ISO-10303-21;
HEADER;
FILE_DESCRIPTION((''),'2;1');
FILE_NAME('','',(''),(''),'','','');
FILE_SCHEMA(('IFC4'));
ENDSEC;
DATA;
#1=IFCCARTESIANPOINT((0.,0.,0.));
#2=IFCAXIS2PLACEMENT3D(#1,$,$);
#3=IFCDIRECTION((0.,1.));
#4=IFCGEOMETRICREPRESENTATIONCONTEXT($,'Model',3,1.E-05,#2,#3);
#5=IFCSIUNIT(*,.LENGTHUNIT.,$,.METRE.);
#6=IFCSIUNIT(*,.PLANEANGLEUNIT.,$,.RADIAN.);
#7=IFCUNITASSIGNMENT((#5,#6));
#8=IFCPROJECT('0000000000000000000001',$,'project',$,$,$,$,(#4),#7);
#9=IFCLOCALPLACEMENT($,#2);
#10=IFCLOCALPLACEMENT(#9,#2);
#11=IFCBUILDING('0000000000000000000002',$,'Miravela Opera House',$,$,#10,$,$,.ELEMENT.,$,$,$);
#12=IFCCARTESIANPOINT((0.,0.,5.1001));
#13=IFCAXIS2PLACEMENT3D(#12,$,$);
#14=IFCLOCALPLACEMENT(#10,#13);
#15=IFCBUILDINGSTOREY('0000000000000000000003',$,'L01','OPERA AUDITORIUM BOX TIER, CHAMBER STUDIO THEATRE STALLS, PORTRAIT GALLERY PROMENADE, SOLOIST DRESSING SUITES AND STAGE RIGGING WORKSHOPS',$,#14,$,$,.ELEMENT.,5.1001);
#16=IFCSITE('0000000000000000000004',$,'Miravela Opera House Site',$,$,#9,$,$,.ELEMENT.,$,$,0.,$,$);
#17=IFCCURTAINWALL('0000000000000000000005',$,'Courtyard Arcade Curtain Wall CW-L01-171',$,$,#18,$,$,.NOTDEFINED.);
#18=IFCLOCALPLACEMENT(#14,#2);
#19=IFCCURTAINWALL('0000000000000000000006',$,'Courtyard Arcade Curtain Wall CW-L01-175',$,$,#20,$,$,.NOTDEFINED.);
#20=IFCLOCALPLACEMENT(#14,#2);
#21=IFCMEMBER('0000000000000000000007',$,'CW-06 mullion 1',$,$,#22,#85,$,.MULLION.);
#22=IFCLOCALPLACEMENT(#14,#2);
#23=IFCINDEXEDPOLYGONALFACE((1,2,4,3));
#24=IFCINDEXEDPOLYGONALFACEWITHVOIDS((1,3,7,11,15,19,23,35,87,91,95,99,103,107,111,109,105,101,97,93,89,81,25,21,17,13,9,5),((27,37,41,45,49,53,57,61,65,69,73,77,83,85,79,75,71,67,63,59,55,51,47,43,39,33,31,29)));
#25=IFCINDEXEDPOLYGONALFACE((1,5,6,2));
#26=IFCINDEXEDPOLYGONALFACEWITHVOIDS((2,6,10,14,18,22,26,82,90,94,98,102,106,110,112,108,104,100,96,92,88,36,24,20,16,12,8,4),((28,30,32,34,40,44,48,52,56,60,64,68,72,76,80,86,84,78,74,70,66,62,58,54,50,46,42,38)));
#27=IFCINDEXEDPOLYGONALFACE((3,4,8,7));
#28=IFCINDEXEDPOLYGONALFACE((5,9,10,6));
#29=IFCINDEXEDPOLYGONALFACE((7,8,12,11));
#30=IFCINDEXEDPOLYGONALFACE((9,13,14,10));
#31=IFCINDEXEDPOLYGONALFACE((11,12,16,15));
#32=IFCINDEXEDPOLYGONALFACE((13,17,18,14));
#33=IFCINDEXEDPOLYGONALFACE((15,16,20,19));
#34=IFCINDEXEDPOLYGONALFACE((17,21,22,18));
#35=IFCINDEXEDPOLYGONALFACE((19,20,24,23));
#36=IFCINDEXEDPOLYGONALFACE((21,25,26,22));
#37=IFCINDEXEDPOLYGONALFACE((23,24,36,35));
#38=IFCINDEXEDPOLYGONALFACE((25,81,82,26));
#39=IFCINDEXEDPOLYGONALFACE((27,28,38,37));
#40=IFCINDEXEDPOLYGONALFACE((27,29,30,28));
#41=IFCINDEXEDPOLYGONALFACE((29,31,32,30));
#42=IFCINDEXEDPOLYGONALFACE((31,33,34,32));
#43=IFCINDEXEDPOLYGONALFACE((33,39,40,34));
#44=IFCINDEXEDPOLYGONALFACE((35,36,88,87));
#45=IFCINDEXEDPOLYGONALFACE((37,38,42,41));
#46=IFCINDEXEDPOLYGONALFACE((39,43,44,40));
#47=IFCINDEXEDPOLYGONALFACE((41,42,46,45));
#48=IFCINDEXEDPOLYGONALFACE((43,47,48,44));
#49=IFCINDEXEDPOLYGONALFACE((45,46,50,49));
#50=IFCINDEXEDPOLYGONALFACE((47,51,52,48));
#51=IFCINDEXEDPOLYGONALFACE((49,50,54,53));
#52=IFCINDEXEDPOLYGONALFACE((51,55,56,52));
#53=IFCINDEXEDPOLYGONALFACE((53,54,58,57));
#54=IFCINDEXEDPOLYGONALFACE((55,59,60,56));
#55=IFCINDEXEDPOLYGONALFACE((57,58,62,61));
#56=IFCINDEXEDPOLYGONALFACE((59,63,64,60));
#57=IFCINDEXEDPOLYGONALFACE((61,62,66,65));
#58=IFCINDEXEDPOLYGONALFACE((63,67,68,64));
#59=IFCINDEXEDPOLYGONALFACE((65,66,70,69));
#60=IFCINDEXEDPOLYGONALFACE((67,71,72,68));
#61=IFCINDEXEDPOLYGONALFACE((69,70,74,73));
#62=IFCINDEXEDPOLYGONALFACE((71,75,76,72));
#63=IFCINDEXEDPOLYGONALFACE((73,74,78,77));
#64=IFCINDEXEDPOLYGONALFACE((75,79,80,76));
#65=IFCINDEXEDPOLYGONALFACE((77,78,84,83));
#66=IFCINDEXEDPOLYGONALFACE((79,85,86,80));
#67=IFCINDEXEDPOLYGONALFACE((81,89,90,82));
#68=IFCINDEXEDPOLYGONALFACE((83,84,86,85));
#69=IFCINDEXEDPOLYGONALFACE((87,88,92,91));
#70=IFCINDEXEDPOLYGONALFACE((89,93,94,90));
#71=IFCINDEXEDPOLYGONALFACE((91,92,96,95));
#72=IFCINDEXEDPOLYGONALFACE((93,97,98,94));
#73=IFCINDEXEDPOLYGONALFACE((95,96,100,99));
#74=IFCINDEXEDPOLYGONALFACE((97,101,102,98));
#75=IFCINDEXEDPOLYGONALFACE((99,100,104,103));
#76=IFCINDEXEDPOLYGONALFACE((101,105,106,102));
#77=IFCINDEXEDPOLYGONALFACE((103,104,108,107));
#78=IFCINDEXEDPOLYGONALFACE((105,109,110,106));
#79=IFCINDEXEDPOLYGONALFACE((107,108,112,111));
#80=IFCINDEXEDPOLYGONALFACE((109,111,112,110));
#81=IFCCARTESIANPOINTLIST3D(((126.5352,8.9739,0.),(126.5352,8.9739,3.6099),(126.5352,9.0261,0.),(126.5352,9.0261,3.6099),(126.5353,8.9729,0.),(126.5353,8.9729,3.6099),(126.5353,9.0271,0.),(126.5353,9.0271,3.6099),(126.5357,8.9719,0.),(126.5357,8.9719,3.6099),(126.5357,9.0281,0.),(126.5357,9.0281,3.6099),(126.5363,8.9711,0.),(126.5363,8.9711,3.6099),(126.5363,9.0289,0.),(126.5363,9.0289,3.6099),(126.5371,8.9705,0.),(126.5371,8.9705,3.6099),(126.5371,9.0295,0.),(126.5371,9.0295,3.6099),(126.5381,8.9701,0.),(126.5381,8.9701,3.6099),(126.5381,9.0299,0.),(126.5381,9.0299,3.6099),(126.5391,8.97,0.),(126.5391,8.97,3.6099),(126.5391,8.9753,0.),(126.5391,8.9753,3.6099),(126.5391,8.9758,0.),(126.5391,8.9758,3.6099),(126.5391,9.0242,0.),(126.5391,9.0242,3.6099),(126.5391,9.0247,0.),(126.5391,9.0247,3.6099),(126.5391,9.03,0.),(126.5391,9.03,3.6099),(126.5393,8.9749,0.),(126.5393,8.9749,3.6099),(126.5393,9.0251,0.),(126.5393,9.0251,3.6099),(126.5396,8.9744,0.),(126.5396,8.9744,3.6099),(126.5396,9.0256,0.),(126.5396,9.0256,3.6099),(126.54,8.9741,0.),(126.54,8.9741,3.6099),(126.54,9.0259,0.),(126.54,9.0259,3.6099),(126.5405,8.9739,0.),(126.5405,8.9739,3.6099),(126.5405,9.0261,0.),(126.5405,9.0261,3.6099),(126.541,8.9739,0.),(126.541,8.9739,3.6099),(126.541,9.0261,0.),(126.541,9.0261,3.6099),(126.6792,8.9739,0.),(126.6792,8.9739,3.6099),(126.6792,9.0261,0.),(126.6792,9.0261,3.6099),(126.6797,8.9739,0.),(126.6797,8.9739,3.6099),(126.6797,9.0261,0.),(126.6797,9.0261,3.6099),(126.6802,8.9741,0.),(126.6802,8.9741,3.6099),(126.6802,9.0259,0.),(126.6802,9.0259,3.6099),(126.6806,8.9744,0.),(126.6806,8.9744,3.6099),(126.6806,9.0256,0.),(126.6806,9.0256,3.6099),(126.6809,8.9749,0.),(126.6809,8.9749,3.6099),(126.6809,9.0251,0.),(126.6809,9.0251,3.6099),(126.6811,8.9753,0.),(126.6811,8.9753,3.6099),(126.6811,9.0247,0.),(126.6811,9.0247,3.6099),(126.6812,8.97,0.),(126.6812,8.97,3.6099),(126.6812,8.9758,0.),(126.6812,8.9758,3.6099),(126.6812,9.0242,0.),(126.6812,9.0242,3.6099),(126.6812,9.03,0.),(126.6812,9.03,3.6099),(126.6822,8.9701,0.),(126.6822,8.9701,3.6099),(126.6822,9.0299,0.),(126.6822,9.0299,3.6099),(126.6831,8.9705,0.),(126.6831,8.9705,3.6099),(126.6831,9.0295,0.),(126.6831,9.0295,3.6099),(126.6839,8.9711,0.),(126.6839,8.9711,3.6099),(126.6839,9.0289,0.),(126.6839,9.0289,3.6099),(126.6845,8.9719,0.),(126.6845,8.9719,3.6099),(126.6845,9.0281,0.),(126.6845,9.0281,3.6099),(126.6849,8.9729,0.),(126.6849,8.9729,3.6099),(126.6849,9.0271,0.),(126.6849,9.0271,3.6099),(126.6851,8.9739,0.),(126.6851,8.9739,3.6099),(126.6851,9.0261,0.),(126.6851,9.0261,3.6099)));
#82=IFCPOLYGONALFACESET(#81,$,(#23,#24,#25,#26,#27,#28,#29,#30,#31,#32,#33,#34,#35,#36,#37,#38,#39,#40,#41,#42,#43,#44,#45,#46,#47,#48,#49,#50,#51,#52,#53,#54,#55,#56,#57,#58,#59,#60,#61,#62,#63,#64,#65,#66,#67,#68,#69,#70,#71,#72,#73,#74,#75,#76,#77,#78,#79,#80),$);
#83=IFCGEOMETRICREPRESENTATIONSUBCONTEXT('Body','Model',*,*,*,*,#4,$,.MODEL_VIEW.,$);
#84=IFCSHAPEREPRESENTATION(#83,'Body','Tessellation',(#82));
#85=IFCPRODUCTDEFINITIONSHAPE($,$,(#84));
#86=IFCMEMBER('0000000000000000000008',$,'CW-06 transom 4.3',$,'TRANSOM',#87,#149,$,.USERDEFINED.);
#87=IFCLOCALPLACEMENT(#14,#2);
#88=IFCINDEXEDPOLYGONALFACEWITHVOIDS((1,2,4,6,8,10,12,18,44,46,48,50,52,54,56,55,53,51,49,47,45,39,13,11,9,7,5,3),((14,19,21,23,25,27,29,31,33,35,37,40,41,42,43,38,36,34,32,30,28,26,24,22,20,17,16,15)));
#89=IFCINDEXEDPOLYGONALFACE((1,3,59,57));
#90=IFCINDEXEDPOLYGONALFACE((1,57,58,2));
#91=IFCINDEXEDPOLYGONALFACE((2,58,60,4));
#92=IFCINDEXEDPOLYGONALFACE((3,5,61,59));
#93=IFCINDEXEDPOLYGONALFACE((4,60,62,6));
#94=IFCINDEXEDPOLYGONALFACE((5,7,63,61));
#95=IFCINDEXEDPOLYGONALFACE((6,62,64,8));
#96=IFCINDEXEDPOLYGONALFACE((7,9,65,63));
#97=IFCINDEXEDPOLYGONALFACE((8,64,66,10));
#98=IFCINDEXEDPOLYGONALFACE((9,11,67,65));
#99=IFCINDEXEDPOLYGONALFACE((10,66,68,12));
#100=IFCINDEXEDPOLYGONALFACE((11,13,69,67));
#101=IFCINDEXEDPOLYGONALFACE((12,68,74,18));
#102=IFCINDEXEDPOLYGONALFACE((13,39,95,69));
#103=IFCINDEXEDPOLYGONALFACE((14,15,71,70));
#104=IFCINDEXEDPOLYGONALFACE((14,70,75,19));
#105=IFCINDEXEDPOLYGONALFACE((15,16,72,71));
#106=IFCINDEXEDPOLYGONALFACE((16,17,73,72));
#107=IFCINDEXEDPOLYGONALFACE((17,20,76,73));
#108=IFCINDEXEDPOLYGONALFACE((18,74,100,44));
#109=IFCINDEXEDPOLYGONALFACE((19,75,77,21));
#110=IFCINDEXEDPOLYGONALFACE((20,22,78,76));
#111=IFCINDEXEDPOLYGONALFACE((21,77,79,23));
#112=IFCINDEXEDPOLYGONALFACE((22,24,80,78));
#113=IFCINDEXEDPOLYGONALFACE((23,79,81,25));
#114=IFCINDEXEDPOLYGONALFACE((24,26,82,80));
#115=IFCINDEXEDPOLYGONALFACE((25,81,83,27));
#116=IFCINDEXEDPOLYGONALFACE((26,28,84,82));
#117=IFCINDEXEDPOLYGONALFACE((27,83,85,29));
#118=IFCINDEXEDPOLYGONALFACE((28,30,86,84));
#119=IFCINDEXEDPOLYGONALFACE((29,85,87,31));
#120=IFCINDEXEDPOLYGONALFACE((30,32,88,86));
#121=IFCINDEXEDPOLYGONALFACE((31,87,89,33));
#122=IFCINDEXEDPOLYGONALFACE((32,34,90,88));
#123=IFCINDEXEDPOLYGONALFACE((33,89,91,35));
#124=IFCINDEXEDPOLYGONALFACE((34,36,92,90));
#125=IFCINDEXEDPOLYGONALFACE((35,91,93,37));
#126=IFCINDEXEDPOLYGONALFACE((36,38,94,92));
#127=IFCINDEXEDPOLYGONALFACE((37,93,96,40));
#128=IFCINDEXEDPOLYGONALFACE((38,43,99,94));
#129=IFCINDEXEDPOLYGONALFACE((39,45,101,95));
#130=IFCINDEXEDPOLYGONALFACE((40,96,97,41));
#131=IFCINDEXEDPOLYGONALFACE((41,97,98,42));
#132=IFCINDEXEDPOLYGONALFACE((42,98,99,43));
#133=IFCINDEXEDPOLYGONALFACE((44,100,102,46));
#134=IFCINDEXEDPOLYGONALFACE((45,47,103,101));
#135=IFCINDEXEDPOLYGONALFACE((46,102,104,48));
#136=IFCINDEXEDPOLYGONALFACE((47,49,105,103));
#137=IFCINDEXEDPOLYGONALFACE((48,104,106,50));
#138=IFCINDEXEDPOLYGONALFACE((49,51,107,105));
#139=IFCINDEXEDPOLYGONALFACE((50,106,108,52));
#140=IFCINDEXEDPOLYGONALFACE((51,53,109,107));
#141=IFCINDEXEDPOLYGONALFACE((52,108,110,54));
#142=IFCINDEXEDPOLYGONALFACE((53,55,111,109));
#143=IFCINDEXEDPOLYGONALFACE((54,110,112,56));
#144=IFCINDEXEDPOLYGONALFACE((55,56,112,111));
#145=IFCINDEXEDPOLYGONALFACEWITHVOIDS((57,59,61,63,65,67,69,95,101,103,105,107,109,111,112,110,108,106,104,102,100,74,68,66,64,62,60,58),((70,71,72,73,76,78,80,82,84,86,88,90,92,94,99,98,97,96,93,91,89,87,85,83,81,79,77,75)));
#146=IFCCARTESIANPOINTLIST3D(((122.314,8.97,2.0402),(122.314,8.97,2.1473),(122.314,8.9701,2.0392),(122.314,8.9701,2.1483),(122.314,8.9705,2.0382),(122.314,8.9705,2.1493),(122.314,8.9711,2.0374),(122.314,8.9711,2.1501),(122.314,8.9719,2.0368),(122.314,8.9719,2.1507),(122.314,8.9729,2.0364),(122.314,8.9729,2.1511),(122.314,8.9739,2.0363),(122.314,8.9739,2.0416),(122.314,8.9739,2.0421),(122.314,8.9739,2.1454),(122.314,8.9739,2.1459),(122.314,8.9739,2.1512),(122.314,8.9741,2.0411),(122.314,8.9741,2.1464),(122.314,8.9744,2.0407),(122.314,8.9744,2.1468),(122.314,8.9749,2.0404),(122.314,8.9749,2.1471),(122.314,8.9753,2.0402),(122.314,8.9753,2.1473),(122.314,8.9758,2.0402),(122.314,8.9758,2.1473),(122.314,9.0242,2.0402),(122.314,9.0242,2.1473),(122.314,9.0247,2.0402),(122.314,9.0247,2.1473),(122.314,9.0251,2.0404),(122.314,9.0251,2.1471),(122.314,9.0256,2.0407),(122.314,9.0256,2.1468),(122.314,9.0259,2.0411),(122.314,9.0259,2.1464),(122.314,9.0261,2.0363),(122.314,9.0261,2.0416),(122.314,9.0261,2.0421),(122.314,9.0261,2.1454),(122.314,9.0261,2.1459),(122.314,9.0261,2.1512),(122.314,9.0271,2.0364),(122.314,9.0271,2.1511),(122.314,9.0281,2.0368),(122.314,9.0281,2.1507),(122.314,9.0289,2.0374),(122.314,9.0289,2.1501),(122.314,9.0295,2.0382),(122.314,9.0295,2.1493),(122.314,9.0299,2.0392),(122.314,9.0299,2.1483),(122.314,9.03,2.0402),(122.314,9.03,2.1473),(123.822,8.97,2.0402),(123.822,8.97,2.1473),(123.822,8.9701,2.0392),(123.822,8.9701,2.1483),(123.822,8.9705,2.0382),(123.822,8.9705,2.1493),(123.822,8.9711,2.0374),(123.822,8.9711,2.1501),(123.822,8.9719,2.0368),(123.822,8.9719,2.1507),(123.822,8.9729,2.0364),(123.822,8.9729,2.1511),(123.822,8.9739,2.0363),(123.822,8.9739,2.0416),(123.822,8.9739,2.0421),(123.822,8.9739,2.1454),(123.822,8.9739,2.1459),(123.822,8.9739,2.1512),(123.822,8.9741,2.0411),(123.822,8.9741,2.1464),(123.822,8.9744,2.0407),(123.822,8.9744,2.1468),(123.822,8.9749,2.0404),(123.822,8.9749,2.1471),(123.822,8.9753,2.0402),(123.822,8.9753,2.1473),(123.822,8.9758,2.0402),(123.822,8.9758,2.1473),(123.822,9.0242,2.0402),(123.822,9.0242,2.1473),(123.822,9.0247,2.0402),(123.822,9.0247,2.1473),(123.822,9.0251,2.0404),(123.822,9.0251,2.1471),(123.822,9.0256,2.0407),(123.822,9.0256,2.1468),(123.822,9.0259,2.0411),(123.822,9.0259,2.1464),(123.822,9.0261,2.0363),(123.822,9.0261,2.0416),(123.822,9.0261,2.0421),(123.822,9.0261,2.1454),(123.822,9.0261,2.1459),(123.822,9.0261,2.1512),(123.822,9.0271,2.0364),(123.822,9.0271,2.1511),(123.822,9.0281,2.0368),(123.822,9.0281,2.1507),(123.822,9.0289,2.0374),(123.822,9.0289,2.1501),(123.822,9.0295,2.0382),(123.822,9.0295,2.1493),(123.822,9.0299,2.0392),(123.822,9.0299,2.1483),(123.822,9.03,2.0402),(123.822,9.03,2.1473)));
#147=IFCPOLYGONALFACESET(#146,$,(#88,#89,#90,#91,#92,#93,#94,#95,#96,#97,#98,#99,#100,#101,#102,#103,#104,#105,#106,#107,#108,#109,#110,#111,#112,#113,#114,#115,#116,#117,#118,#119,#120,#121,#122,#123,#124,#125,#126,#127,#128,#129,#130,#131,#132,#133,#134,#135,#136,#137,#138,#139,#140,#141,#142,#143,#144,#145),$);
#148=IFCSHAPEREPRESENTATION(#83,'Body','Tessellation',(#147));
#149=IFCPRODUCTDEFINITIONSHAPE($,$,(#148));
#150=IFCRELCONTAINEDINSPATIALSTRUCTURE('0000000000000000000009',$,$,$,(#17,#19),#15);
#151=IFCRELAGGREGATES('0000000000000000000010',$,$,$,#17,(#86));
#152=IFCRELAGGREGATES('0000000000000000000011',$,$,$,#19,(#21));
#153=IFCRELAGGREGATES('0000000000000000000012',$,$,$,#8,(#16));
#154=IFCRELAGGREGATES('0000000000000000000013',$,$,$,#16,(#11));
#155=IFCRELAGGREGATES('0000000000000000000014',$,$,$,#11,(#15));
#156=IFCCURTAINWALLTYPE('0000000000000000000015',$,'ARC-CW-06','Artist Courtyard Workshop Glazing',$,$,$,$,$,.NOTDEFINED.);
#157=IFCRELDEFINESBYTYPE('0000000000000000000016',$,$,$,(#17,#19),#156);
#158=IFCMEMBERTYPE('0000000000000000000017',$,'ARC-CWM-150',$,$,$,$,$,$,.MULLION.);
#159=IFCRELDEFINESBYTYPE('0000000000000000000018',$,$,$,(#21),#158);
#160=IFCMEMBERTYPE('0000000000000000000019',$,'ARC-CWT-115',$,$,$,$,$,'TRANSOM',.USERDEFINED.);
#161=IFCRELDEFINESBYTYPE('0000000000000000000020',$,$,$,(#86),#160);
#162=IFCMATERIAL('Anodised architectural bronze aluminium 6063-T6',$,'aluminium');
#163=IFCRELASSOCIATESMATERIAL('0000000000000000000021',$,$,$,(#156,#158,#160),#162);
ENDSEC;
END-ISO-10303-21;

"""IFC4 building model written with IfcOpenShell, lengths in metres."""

from ifc_helpers import new_model, si_unit, direction, frame, origin, origin_2d, place, context, subcontext, project, spatial, hollow_rectangle, extrude, material, material_profile, profile_set, type_object, element, aggregate, save


model = new_model("IFC4")

# Units and contexts
model_context = context("Model", 3, precision=1e-05, world=origin(), true_north=direction((0.0, 1.0)))
body_context = subcontext(model_context, "Body", "Model", "MODEL_VIEW")
ifc_project = project(units=[si_unit("LENGTHUNIT", "METRE"), si_unit("PLANEANGLEUNIT", "RADIAN")], contexts=[model_context])

# Site, building, storey
site_placement = place(None, origin())
site = spatial("IfcSite", under=ifc_project, at=site_placement, Name="Miravela Opera House Site", CompositionType="ELEMENT", RefElevation=0.0)
building_placement = place(site_placement, origin())
building = spatial("IfcBuilding", under=site, at=building_placement, Name="Miravela Opera House", CompositionType="ELEMENT")
storey_placement = place(building_placement, frame((0.0, 0.0, 5.1001)))
storey = spatial("IfcBuildingStorey", under=building, at=storey_placement, Name="L01", Description="OPERA AUDITORIUM BOX TIER, CHAMBER STUDIO THEATRE STALLS, PORTRAIT GALLERY PROMENADE, SOLOIST DRESSING SUITES AND STAGE RIGGING WORKSHOPS", CompositionType="ELEMENT", Elevation=5.1001)

# Curtain wall
ifc_material_1 = material(Name="Anodised architectural bronze aluminium 6063-T6", Category="aluminium")
curtain_wall_type = type_object("IfcCurtainWallType", Name="ARC-CW-06", Description="Artist Courtyard Workshop Glazing", PredefinedType="NOTDEFINED", material=ifc_material_1)
curtain_wall_1_placement = place(storey_placement, origin())
curtain_wall_1 = element("IfcCurtainWall", 1, at=curtain_wall_1_placement, inside=storey, type_object=curtain_wall_type, Name="Courtyard Arcade Curtain Wall CW-L01-171", PredefinedType="NOTDEFINED")
ifc_material_profile_1 = material_profile(ifc_material_1, hollow_rectangle(XDim=0.0601, YDim=0.1499, WallThickness=0.0039, InnerFilletRadius=0.002, OuterFilletRadius=0.0039, at=origin_2d()), Name="CWM-60X150")
ifc_profile_set_1 = profile_set([ifc_material_profile_1])
member_type_1 = type_object("IfcMemberType", Name="ARC-CWM-150", PredefinedType="MULLION", material=ifc_profile_set_1)

# Curtain wall, member
curtain_wall_2_placement = place(storey_placement, origin())
curtain_wall_2 = element("IfcCurtainWall", 2, at=curtain_wall_2_placement, inside=storey, type_object=curtain_wall_type, Name="Courtyard Arcade Curtain Wall CW-L01-175", PredefinedType="NOTDEFINED")
member_1_placement = place(storey_placement, frame((126.6101, 9.0, 0.0), z_axis=(0.0, 0.0, 1.0), x_axis=(0.0, 1.0, 0.0)))
member_1 = element("IfcMember", 3, at=member_1_placement, type_object=member_type_1, Name="CW-06 mullion 1", PredefinedType="MULLION", context=body_context, shape_type="SweptSolid", body=[
    extrude(hollow_rectangle(XDim=0.0601, YDim=0.1499, WallThickness=0.0039, InnerFilletRadius=0.002, OuterFilletRadius=0.0039, at=origin_2d()), origin(), (0.0, 0.0, 1.0), 3.6099),
])

# Member
ifc_material_profile_2 = material_profile(ifc_material_1, hollow_rectangle(XDim=0.0601, YDim=0.115, WallThickness=0.0039, InnerFilletRadius=0.002, OuterFilletRadius=0.0039, at=origin_2d()), Name="CWT-60X115")
ifc_profile_set_2 = profile_set([ifc_material_profile_2])
member_type_2 = type_object("IfcMemberType", Name="ARC-CWT-115", ElementType="TRANSOM", PredefinedType="USERDEFINED", material=ifc_profile_set_2)
member_2_placement = place(storey_placement, frame((122.314, 9.0, 2.0938), z_axis=(1.0, 0.0, 0.0), x_axis=(0.0, 1.0, 0.0)))
member_2 = element("IfcMember", 4, at=member_2_placement, type_object=member_type_2, Name="CW-06 transom 4.3", ObjectType="TRANSOM", PredefinedType="USERDEFINED", context=body_context, shape_type="SweptSolid", body=[
    extrude(hollow_rectangle(XDim=0.0601, YDim=0.115, WallThickness=0.0039, InnerFilletRadius=0.002, OuterFilletRadius=0.0039, at=origin_2d()), origin(), (0.0, 0.0, 1.0), 1.5081),
])

aggregate(curtain_wall_1, [member_2])
aggregate(curtain_wall_2, [member_1])

save(model, "model.ifc")
